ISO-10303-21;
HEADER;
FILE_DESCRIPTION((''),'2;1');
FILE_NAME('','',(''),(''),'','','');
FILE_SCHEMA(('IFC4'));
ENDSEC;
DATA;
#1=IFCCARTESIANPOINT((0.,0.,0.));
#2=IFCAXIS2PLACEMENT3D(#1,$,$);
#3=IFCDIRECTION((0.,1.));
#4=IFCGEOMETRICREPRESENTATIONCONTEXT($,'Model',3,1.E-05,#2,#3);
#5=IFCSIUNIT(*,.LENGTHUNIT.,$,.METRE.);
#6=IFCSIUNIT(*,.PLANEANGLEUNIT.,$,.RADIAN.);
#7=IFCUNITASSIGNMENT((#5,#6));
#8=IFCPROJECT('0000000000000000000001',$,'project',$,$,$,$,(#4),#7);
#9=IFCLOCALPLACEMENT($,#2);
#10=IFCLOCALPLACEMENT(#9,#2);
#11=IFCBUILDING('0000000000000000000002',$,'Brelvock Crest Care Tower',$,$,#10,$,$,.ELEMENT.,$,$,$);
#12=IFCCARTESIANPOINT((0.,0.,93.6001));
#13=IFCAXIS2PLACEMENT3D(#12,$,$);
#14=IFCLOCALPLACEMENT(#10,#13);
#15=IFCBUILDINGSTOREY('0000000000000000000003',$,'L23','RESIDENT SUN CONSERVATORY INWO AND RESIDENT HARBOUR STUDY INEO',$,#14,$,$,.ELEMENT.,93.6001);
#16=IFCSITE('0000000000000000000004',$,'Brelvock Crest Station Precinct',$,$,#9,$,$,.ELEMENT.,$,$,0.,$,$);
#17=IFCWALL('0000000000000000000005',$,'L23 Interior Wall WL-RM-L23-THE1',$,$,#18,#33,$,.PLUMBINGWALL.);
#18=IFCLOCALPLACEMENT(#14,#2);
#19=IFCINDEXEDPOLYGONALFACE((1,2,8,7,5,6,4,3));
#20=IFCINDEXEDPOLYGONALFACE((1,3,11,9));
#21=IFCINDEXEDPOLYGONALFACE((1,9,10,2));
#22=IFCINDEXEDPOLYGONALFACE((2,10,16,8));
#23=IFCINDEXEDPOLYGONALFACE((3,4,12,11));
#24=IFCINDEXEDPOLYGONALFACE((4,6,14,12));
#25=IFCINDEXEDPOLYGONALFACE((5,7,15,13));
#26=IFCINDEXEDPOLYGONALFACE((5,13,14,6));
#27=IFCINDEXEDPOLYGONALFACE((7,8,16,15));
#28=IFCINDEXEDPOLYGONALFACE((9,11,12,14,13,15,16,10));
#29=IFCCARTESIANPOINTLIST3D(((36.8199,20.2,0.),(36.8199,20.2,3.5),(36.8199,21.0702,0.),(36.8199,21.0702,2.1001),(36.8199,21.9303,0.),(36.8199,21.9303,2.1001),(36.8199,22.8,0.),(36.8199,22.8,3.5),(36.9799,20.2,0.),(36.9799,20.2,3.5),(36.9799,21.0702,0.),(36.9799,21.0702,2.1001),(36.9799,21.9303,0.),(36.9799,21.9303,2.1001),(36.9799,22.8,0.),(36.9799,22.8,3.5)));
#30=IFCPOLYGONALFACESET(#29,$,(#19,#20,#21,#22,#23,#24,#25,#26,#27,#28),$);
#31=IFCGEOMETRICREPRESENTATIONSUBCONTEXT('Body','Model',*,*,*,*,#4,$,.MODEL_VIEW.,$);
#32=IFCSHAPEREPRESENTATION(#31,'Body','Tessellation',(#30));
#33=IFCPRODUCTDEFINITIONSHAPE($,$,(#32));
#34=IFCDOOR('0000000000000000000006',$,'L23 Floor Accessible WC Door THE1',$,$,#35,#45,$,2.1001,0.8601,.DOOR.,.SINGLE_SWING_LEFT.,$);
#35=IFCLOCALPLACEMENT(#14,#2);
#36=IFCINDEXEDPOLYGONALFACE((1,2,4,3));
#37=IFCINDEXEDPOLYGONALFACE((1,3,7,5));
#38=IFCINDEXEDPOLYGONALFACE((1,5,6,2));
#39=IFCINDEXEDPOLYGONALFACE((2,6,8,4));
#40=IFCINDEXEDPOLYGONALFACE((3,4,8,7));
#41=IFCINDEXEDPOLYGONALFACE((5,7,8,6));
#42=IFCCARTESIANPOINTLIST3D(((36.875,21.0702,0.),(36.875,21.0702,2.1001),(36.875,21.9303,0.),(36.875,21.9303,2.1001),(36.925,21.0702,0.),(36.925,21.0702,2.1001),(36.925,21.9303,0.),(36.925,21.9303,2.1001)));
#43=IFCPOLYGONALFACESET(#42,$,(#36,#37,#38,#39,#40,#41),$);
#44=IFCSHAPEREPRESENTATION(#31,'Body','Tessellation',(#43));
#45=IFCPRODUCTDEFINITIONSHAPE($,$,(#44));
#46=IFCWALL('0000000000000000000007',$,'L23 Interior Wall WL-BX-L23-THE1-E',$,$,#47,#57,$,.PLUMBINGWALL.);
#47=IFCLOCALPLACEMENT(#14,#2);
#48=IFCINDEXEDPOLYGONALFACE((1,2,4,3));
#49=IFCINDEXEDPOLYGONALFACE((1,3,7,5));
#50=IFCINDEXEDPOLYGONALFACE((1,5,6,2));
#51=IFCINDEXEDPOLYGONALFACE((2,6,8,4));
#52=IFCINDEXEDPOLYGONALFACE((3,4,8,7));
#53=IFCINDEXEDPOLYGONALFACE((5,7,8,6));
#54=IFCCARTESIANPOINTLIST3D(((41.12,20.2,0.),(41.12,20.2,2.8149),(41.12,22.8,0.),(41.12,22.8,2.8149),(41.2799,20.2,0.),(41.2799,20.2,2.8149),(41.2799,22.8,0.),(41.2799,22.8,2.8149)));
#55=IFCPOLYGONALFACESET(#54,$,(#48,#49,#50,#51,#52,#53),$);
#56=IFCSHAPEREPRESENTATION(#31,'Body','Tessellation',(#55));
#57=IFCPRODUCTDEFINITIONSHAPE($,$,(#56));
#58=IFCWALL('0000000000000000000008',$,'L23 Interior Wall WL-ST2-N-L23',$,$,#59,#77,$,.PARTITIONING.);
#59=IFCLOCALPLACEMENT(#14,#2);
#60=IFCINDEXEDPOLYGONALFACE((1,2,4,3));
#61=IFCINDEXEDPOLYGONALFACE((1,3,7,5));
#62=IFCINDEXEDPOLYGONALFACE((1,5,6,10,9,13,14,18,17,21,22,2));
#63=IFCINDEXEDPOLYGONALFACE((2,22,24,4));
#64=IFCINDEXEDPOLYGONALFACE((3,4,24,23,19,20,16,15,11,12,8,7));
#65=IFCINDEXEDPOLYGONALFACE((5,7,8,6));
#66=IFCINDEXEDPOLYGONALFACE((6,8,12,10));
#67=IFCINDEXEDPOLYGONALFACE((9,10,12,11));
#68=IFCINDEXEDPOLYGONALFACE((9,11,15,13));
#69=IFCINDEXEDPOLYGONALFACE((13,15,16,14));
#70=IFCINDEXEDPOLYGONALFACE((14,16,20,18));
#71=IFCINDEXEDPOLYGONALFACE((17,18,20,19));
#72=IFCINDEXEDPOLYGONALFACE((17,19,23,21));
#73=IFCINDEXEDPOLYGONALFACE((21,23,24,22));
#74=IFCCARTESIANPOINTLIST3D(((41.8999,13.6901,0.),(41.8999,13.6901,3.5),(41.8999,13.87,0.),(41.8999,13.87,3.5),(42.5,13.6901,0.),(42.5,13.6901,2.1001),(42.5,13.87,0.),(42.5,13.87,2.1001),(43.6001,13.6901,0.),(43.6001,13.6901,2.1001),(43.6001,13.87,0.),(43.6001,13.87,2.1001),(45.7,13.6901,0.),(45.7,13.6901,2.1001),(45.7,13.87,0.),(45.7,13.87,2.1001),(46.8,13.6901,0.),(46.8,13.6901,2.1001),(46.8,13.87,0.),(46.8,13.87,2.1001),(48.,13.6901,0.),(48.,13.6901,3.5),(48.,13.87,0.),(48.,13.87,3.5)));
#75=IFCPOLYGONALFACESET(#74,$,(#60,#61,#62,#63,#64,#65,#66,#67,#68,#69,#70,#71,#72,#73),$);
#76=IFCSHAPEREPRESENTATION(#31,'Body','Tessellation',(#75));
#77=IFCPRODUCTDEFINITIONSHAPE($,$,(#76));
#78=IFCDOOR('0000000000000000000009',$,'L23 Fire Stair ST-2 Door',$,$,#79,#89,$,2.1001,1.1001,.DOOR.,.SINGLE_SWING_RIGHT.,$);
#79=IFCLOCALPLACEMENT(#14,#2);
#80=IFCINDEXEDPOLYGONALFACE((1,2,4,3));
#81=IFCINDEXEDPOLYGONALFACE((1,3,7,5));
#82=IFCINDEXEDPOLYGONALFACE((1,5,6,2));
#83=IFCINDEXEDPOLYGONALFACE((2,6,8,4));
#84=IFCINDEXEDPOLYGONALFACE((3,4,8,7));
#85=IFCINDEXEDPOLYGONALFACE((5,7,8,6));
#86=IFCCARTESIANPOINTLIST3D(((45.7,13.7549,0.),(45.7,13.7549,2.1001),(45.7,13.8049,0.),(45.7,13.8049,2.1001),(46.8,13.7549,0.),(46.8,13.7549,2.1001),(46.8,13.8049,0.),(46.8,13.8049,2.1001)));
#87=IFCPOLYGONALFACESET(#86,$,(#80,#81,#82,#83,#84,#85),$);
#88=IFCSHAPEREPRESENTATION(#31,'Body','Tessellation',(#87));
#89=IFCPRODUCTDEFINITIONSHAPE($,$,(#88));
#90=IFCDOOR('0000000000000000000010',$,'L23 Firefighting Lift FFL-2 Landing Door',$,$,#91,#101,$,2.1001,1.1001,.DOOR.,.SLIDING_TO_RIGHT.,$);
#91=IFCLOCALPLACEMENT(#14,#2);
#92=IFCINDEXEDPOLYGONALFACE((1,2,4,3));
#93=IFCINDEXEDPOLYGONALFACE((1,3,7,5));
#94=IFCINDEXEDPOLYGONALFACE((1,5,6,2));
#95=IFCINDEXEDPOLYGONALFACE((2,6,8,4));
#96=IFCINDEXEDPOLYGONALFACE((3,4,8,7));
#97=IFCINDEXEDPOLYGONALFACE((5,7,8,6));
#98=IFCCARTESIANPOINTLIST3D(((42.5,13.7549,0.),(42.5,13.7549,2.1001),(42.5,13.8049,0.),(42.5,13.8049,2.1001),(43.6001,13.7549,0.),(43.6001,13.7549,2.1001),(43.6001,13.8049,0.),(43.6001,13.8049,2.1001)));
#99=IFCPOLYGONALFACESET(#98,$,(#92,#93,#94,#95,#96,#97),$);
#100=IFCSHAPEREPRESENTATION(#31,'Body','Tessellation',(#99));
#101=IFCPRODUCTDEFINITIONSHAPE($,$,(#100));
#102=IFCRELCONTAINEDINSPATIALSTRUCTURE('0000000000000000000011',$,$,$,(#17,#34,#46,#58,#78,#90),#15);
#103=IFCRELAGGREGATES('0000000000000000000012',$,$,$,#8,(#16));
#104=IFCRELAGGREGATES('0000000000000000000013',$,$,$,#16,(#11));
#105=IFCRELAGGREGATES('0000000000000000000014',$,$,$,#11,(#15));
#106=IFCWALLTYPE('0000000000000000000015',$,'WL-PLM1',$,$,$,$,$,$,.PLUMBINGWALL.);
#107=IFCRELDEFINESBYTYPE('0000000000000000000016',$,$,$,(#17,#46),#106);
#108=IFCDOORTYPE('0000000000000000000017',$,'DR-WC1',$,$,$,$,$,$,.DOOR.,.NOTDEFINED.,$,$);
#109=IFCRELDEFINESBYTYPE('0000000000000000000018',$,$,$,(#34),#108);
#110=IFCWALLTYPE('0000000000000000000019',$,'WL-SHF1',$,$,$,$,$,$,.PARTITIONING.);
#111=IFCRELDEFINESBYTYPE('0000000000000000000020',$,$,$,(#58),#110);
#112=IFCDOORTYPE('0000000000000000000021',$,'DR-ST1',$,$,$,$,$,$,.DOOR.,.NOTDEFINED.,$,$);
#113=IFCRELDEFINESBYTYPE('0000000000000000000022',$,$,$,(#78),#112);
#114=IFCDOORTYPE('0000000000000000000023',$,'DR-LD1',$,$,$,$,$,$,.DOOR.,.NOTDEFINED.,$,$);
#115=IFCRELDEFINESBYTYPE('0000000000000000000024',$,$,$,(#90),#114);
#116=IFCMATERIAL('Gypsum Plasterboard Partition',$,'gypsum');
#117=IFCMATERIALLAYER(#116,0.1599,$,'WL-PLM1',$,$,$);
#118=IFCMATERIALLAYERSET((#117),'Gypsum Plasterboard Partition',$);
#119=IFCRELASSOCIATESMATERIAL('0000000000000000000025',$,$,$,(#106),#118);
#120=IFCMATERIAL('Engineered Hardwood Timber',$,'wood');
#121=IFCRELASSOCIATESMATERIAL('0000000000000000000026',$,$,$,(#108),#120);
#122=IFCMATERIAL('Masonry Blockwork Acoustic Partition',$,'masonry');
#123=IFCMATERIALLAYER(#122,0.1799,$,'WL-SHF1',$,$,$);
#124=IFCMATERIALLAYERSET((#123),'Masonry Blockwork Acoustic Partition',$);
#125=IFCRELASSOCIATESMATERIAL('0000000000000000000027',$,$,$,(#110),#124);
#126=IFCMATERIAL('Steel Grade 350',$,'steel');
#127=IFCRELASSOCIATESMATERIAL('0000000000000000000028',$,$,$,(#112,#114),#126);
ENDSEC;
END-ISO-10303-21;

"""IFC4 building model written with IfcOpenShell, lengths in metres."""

from ifc_helpers import new_model, si_unit, direction, frame, frame_2d, origin, origin_2d, place, context, subcontext, project, spatial, rectangle, extrude, source, transform, mapped, material, layer, layer_set, type_object, element, fill, save


model = new_model("IFC4")

# Units and contexts
model_context = context("Model", 3, precision=1e-05, world=origin(), true_north=direction((0.0, 1.0)))
body_context = subcontext(model_context, "Body", "Model", "MODEL_VIEW")
ifc_project = project(units=[si_unit("LENGTHUNIT", "METRE"), si_unit("PLANEANGLEUNIT", "RADIAN")], contexts=[model_context])

# Site, building, storey
site_placement = place(None, origin())
site = spatial("IfcSite", under=ifc_project, at=site_placement, Name="Brelvock Crest Station Precinct", CompositionType="ELEMENT", RefElevation=0.0)
building_placement = place(site_placement, origin())
building = spatial("IfcBuilding", under=site, at=building_placement, Name="Brelvock Crest Care Tower", CompositionType="ELEMENT")
storey_placement = place(building_placement, frame((0.0, 0.0, 93.6001)))
storey = spatial("IfcBuildingStorey", under=building, at=storey_placement, Name="L23", Description="RESIDENT SUN CONSERVATORY INWO AND RESIDENT HARBOUR STUDY INEO", CompositionType="ELEMENT", Elevation=93.6001)

# Shared definitions
ifc_material_1 = material(Name="Steel Grade 350", Category="steel")

# Shared definitions
ifc_material_2 = material(Name="Masonry Blockwork Acoustic Partition", Category="masonry")

# Shared definitions
ifc_material_3 = material(Name="Engineered Hardwood Timber", Category="wood")

# Shared definitions
ifc_material_4 = material(Name="Gypsum Plasterboard Partition", Category="gypsum")
ifc_layer_1 = layer(ifc_material_4, 0.1599, Name="WL-PLM1")
ifc_layer_set_1 = layer_set([ifc_layer_1], Name="Gypsum Plasterboard Partition")
wall_type_1 = type_object("IfcWallType", Name="WL-PLM1", PredefinedType="PLUMBINGWALL", material=ifc_layer_set_1)

# Wall, opening, door
wall_1_placement = place(storey_placement, frame((36.8999, 20.2, 0.0), z_axis=(0.0, 0.0, 1.0), x_axis=(0.0, 1.0, 0.0)))
wall_1 = element("IfcWall", 1, at=wall_1_placement, inside=storey, type_object=wall_type_1, Name="L23 Interior Wall WL-RM-L23-THE1", PredefinedType="PLUMBINGWALL", context=body_context, shape_type="SweptSolid", body=[
    extrude(rectangle(XDim=2.6001, YDim=0.1599, at=frame_2d((1.3, 0.0))), origin(), (0.0, 0.0, 1.0), 3.5),
])
opening_1_placement = place(wall_1_placement, frame((0.8701, 0.0, 0.0)))
opening_1 = element("IfcOpeningElement", 2, at=opening_1_placement, cuts=wall_1, PredefinedType="OPENING", context=body_context, shape_type="SweptSolid", body=[
    extrude(rectangle(XDim=0.8601, YDim=2.1001, at=origin_2d()), frame((0.4302, 0.0898, 1.05), z_axis=(0.0, -1.0, 0.0), x_axis=(1.0, 0.0, 0.0)), (0.0, 0.0, 1.0), 0.1799),
])
door_type_1 = type_object("IfcDoorType", Name="DR-WC1", OperationType="NOTDEFINED", PredefinedType="DOOR", material=ifc_material_3)
shared_shape_1 = source(origin(), body_context, "Body", "SweptSolid", [
    extrude(rectangle(XDim=0.8601, YDim=2.1001, at=origin_2d()), frame((0.4302, 0.0249, 1.05), z_axis=(0.0, -1.0, 0.0), x_axis=(1.0, 0.0, 0.0)), (0.0, 0.0, 1.0), 0.05),
])
door_1_placement = place(opening_1_placement, origin())
door_1 = element("IfcDoor", 3, at=door_1_placement, inside=storey, type_object=door_type_1, Name="L23 Floor Accessible WC Door THE1", OperationType="SINGLE_SWING_LEFT", OverallHeight=2.1001, OverallWidth=0.8601, PredefinedType="DOOR", context=body_context, shape_type="MappedRepresentation", body=[
    mapped(shared_shape_1, transform((0.0, 0.0, 0.0), x_axis=(1.0, 0.0, 0.0), y_axis=(0.0, 1.0, 0.0), z_axis=(0.0, 0.0, 1.0), scale=1.0)),
])
fill(opening_1, door_1)

# Wall
wall_2_placement = place(storey_placement, frame((41.2, 20.2, 0.0), z_axis=(0.0, 0.0, 1.0), x_axis=(0.0, 1.0, 0.0)))
element("IfcWall", 4, at=wall_2_placement, inside=storey, type_object=wall_type_1, Name="L23 Interior Wall WL-BX-L23-THE1-E", PredefinedType="PLUMBINGWALL", context=body_context, shape_type="SweptSolid", body=[
    extrude(rectangle(XDim=2.6001, YDim=0.1599, at=frame_2d((1.3, 0.0))), origin(), (0.0, 0.0, 1.0), 2.8149),
])

# Wall, openings, doors
ifc_layer_2 = layer(ifc_material_2, 0.1799, Name="WL-SHF1")
ifc_layer_set_2 = layer_set([ifc_layer_2], Name="Masonry Blockwork Acoustic Partition")
wall_type_2 = type_object("IfcWallType", Name="WL-SHF1", PredefinedType="PARTITIONING", material=ifc_layer_set_2)
wall_3_placement = place(storey_placement, frame((41.8999, 13.78, 0.0), z_axis=(0.0, 0.0, 1.0), x_axis=(1.0, 0.0, 0.0)))
wall_3 = element("IfcWall", 5, at=wall_3_placement, inside=storey, type_object=wall_type_2, Name="L23 Interior Wall WL-ST2-N-L23", PredefinedType="PARTITIONING", context=body_context, shape_type="SweptSolid", body=[
    extrude(rectangle(XDim=6.1001, YDim=0.1799, at=frame_2d((3.05, 0.0))), origin(), (0.0, 0.0, 1.0), 3.5),
])
opening_2_placement = place(wall_3_placement, frame((0.6001, 0.0, 0.0)))
opening_2 = element("IfcOpeningElement", 6, at=opening_2_placement, cuts=wall_3, PredefinedType="OPENING", context=body_context, shape_type="SweptSolid", body=[
    extrude(rectangle(XDim=1.1001, YDim=2.1001, at=origin_2d()), frame((0.55, 0.1001, 1.05), z_axis=(0.0, -1.0, 0.0), x_axis=(1.0, 0.0, 0.0)), (0.0, 0.0, 1.0), 0.2),
])
opening_3_placement = place(wall_3_placement, frame((3.8, 0.0, 0.0)))
opening_3 = element("IfcOpeningElement", 7, at=opening_3_placement, cuts=wall_3, PredefinedType="OPENING", context=body_context, shape_type="SweptSolid", body=[
    extrude(rectangle(XDim=1.1001, YDim=2.1001, at=origin_2d()), frame((0.55, 0.1001, 1.05), z_axis=(0.0, -1.0, 0.0), x_axis=(1.0, 0.0, 0.0)), (0.0, 0.0, 1.0), 0.2),
])
door_type_2 = type_object("IfcDoorType", Name="DR-ST1", OperationType="NOTDEFINED", PredefinedType="DOOR", material=ifc_material_1)
shared_shape_2 = source(origin(), body_context, "Body", "SweptSolid", [
    extrude(rectangle(XDim=1.1001, YDim=2.1001, at=origin_2d()), frame((0.55, 0.0249, 1.05), z_axis=(0.0, -1.0, 0.0), x_axis=(1.0, 0.0, 0.0)), (0.0, 0.0, 1.0), 0.05),
])
door_2_placement = place(opening_3_placement, origin())
door_2 = element("IfcDoor", 8, at=door_2_placement, inside=storey, type_object=door_type_2, Name="L23 Fire Stair ST-2 Door", OperationType="SINGLE_SWING_RIGHT", OverallHeight=2.1001, OverallWidth=1.1001, PredefinedType="DOOR", context=body_context, shape_type="MappedRepresentation", body=[
    mapped(shared_shape_2, transform((0.0, 0.0, 0.0), x_axis=(1.0, 0.0, 0.0), y_axis=(0.0, 1.0, 0.0), z_axis=(0.0, 0.0, 1.0), scale=1.0)),
])
fill(opening_3, door_2)
door_type_3 = type_object("IfcDoorType", Name="DR-LD1", OperationType="NOTDEFINED", PredefinedType="DOOR", material=ifc_material_1)
shared_shape_3 = source(origin(), body_context, "Body", "SweptSolid", [
    extrude(rectangle(XDim=1.1001, YDim=2.1001, at=origin_2d()), frame((0.55, 0.0249, 1.05), z_axis=(0.0, -1.0, 0.0), x_axis=(1.0, 0.0, 0.0)), (0.0, 0.0, 1.0), 0.05),
])
door_3_placement = place(opening_2_placement, origin())
door_3 = element("IfcDoor", 9, at=door_3_placement, inside=storey, type_object=door_type_3, Name="L23 Firefighting Lift FFL-2 Landing Door", OperationType="SLIDING_TO_RIGHT", OverallHeight=2.1001, OverallWidth=1.1001, PredefinedType="DOOR", context=body_context, shape_type="MappedRepresentation", body=[
    mapped(shared_shape_3, transform((0.0, 0.0, 0.0), x_axis=(1.0, 0.0, 0.0), y_axis=(0.0, 1.0, 0.0), z_axis=(0.0, 0.0, 1.0), scale=1.0)),
])
fill(opening_2, door_3)

save(model, "model.ifc")
